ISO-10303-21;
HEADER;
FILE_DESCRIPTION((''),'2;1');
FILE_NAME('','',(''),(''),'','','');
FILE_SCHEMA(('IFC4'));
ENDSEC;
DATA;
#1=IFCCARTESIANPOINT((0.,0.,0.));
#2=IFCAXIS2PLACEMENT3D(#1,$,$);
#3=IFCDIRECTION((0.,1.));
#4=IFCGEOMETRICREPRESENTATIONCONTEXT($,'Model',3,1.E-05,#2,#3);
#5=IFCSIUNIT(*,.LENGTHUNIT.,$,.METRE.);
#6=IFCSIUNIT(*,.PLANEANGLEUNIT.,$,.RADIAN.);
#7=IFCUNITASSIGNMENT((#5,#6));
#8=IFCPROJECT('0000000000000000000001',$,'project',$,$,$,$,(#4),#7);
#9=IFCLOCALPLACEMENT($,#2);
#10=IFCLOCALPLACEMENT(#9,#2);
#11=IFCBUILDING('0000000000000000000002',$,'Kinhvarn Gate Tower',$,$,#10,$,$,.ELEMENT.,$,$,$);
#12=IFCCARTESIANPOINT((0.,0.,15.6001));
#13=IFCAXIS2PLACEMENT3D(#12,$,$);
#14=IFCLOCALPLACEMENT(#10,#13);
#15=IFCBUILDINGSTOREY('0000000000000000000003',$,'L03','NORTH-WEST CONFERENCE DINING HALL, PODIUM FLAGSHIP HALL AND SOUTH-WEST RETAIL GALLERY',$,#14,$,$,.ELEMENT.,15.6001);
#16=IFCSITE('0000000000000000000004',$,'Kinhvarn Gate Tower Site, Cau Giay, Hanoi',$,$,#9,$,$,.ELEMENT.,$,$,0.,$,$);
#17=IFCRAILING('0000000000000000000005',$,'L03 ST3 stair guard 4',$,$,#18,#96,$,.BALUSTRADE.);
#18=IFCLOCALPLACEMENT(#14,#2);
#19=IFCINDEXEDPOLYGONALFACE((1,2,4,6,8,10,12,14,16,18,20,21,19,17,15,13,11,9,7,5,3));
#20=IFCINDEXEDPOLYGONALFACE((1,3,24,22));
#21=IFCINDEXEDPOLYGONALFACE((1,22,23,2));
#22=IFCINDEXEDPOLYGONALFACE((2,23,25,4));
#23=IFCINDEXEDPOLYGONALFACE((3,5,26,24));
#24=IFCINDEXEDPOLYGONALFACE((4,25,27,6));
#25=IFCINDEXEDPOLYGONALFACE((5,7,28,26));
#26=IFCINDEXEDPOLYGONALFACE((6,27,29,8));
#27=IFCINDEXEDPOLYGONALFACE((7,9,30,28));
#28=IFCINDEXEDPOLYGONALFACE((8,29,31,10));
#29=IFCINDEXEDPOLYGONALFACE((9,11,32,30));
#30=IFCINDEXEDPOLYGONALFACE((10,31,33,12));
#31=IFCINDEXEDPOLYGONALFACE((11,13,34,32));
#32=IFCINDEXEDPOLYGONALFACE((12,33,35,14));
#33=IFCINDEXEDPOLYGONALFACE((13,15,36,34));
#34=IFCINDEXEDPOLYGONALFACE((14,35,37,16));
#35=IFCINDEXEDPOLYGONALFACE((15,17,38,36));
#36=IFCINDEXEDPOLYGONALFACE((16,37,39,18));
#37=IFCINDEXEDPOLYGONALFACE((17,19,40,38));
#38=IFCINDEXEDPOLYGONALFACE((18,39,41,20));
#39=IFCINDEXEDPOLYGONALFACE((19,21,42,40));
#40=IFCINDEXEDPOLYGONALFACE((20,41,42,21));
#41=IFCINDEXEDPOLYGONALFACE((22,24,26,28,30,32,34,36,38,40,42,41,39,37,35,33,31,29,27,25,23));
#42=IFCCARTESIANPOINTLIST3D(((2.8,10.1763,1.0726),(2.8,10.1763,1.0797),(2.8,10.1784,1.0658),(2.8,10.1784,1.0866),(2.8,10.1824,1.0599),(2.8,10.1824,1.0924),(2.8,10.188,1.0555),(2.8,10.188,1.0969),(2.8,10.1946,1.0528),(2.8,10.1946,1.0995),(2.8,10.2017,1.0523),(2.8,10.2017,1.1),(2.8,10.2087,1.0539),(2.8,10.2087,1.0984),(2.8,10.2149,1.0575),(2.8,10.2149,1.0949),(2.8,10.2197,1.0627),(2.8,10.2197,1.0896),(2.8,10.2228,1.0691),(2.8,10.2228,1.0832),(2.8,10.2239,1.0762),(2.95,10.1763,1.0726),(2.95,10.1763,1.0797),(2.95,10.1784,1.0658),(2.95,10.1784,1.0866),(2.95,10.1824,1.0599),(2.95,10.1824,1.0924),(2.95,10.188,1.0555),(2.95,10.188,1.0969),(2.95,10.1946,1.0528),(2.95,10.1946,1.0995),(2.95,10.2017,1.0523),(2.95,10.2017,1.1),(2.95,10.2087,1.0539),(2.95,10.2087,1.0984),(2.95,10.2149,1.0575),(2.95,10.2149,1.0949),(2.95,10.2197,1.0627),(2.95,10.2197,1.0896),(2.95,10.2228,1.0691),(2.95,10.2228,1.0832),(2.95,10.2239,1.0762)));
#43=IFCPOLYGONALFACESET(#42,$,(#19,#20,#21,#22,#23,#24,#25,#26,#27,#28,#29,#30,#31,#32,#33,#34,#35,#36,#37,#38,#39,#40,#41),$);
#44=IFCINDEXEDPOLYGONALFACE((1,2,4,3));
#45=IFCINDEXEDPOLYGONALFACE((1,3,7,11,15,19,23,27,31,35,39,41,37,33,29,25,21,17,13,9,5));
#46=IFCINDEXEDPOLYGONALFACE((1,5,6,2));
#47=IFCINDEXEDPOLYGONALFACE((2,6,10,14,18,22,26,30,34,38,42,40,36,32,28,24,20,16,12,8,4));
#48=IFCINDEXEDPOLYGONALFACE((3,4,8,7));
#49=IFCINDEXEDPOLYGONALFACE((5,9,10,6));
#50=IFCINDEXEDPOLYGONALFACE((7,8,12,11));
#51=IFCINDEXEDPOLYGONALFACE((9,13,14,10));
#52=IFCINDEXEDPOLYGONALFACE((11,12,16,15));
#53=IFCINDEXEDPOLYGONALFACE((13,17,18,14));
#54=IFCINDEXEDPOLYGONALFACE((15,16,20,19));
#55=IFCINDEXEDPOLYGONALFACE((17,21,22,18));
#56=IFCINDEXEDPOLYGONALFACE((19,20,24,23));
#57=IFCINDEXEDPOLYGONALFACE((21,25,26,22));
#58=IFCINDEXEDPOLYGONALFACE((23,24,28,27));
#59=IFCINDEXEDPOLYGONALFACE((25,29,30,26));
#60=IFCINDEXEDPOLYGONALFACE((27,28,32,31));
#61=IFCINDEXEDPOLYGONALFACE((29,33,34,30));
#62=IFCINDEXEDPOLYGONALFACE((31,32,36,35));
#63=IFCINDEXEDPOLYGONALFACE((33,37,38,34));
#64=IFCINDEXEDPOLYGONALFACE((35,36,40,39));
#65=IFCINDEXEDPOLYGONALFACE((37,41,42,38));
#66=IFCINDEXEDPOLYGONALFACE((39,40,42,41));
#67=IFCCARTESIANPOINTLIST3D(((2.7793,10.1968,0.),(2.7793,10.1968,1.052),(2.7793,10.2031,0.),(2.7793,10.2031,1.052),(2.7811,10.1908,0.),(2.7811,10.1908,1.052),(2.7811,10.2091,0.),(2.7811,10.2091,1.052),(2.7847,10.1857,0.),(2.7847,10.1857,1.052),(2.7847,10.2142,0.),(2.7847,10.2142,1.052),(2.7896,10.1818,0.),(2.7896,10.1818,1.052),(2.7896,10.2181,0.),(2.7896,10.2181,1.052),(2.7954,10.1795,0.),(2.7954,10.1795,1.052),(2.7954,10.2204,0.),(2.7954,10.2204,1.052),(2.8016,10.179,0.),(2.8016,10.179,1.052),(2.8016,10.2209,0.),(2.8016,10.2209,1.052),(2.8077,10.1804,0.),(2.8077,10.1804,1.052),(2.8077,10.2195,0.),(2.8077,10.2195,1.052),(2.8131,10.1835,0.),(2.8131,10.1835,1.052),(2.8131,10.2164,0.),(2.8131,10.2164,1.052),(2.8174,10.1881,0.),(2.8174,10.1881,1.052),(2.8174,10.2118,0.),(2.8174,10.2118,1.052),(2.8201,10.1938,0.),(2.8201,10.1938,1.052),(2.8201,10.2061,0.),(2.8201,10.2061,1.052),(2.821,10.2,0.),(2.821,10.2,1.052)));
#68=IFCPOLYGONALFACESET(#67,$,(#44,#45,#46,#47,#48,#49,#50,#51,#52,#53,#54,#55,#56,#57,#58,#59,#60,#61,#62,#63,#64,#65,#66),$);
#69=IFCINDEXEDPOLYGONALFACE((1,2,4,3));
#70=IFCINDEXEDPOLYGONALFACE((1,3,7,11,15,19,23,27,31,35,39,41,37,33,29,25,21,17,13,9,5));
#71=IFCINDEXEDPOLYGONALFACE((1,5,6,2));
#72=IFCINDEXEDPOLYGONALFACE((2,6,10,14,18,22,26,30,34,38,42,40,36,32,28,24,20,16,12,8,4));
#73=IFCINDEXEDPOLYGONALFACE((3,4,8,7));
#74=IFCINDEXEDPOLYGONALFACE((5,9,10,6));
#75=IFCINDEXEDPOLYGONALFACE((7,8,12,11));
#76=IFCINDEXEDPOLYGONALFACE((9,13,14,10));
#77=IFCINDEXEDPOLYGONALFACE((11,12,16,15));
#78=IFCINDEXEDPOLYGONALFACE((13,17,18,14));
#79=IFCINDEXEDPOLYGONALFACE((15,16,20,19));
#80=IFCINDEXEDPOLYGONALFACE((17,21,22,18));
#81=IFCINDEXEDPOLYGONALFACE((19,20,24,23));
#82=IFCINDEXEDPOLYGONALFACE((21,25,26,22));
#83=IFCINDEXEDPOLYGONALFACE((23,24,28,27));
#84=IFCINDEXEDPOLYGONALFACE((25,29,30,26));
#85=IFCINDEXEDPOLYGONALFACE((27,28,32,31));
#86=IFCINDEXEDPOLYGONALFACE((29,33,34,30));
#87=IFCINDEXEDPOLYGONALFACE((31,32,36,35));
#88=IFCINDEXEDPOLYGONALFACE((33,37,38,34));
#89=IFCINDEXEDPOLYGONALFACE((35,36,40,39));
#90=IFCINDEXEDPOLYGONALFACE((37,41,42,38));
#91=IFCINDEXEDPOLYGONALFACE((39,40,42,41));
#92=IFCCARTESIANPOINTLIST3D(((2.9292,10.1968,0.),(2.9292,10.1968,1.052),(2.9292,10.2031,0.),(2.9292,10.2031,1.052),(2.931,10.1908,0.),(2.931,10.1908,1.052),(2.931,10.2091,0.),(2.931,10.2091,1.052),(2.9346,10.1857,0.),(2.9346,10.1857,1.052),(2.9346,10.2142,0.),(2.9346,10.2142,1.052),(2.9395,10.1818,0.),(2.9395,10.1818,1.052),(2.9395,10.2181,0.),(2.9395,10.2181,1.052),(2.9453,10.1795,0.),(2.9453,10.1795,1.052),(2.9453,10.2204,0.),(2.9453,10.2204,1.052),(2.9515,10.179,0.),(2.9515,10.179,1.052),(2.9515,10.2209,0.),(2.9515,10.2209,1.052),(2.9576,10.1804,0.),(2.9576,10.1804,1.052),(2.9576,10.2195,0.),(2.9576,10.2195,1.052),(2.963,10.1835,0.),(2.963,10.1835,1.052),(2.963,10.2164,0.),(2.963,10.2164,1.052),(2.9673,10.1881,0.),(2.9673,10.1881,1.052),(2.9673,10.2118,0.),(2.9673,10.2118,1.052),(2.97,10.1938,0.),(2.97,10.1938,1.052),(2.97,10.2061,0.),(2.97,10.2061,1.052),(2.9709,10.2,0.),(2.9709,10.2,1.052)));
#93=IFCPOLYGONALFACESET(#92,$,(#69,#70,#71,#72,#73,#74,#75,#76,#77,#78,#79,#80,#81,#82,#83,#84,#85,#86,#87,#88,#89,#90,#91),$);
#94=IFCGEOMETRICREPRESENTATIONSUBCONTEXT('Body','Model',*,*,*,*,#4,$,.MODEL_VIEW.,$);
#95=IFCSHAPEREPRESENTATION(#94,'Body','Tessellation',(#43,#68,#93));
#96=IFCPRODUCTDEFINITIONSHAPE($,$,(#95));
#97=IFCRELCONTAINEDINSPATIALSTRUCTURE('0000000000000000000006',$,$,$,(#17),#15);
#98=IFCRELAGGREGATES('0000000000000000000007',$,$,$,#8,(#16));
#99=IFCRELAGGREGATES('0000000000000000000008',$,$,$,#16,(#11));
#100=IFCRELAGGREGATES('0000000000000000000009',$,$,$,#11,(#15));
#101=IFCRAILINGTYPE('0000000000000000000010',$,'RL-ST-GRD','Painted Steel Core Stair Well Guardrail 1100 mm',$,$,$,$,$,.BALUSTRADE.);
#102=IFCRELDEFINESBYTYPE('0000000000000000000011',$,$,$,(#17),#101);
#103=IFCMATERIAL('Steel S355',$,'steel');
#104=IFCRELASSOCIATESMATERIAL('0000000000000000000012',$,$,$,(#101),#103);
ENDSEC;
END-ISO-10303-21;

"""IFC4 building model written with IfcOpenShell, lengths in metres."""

from ifc_helpers import new_model, si_unit, direction, frame, origin, origin_2d, place, context, subcontext, project, spatial, circle, extrude, material, type_object, element, save


model = new_model("IFC4")

# Units and contexts
model_context = context("Model", 3, precision=1e-05, world=origin(), true_north=direction((0.0, 1.0)))
body_context = subcontext(model_context, "Body", "Model", "MODEL_VIEW")
ifc_project = project(units=[si_unit("LENGTHUNIT", "METRE"), si_unit("PLANEANGLEUNIT", "RADIAN")], contexts=[model_context])

# Site, building, storey
site_placement = place(None, origin())
site = spatial("IfcSite", under=ifc_project, at=site_placement, Name="Kinhvarn Gate Tower Site, Cau Giay, Hanoi", CompositionType="ELEMENT", RefElevation=0.0)
building_placement = place(site_placement, origin())
building = spatial("IfcBuilding", under=site, at=building_placement, Name="Kinhvarn Gate Tower", CompositionType="ELEMENT")
storey_placement = place(building_placement, frame((0.0, 0.0, 15.6001)))
storey = spatial("IfcBuildingStorey", under=building, at=storey_placement, Name="L03", Description="NORTH-WEST CONFERENCE DINING HALL, PODIUM FLAGSHIP HALL AND SOUTH-WEST RETAIL GALLERY", CompositionType="ELEMENT", Elevation=15.6001)

# Shared definitions
ifc_material_1 = material(Name="Steel S355", Category="steel")

# Railing
railing_type_1 = type_object("IfcRailingType", Name="RL-ST-GRD", Description="Painted Steel Core Stair Well Guardrail 1100 mm", PredefinedType="BALUSTRADE", material=ifc_material_1)
railing_1_placement = place(storey_placement, frame((2.8, 10.2, 0.0)))
element("IfcRailing", 1, at=railing_1_placement, inside=storey, type_object=railing_type_1, Name="L03 ST3 stair guard 4", PredefinedType="BALUSTRADE", context=body_context, shape_type="SweptSolid", body=[
    extrude(circle(Radius=0.0239, at=origin_2d()), frame((0.0, 0.0, 1.0762), z_axis=(1.0, 0.0, 0.0), x_axis=(0.0, 1.0, 0.0)), (0.0, 0.0, 1.0), 0.1499),
    extrude(circle(Radius=0.021, at=origin_2d()), origin(), (0.0, 0.0, 1.0), 1.052),
    extrude(circle(Radius=0.021, at=origin_2d()), frame((0.1499, 0.0, 0.0)), (0.0, 0.0, 1.0), 1.052),
])

save(model, "model.ifc")
